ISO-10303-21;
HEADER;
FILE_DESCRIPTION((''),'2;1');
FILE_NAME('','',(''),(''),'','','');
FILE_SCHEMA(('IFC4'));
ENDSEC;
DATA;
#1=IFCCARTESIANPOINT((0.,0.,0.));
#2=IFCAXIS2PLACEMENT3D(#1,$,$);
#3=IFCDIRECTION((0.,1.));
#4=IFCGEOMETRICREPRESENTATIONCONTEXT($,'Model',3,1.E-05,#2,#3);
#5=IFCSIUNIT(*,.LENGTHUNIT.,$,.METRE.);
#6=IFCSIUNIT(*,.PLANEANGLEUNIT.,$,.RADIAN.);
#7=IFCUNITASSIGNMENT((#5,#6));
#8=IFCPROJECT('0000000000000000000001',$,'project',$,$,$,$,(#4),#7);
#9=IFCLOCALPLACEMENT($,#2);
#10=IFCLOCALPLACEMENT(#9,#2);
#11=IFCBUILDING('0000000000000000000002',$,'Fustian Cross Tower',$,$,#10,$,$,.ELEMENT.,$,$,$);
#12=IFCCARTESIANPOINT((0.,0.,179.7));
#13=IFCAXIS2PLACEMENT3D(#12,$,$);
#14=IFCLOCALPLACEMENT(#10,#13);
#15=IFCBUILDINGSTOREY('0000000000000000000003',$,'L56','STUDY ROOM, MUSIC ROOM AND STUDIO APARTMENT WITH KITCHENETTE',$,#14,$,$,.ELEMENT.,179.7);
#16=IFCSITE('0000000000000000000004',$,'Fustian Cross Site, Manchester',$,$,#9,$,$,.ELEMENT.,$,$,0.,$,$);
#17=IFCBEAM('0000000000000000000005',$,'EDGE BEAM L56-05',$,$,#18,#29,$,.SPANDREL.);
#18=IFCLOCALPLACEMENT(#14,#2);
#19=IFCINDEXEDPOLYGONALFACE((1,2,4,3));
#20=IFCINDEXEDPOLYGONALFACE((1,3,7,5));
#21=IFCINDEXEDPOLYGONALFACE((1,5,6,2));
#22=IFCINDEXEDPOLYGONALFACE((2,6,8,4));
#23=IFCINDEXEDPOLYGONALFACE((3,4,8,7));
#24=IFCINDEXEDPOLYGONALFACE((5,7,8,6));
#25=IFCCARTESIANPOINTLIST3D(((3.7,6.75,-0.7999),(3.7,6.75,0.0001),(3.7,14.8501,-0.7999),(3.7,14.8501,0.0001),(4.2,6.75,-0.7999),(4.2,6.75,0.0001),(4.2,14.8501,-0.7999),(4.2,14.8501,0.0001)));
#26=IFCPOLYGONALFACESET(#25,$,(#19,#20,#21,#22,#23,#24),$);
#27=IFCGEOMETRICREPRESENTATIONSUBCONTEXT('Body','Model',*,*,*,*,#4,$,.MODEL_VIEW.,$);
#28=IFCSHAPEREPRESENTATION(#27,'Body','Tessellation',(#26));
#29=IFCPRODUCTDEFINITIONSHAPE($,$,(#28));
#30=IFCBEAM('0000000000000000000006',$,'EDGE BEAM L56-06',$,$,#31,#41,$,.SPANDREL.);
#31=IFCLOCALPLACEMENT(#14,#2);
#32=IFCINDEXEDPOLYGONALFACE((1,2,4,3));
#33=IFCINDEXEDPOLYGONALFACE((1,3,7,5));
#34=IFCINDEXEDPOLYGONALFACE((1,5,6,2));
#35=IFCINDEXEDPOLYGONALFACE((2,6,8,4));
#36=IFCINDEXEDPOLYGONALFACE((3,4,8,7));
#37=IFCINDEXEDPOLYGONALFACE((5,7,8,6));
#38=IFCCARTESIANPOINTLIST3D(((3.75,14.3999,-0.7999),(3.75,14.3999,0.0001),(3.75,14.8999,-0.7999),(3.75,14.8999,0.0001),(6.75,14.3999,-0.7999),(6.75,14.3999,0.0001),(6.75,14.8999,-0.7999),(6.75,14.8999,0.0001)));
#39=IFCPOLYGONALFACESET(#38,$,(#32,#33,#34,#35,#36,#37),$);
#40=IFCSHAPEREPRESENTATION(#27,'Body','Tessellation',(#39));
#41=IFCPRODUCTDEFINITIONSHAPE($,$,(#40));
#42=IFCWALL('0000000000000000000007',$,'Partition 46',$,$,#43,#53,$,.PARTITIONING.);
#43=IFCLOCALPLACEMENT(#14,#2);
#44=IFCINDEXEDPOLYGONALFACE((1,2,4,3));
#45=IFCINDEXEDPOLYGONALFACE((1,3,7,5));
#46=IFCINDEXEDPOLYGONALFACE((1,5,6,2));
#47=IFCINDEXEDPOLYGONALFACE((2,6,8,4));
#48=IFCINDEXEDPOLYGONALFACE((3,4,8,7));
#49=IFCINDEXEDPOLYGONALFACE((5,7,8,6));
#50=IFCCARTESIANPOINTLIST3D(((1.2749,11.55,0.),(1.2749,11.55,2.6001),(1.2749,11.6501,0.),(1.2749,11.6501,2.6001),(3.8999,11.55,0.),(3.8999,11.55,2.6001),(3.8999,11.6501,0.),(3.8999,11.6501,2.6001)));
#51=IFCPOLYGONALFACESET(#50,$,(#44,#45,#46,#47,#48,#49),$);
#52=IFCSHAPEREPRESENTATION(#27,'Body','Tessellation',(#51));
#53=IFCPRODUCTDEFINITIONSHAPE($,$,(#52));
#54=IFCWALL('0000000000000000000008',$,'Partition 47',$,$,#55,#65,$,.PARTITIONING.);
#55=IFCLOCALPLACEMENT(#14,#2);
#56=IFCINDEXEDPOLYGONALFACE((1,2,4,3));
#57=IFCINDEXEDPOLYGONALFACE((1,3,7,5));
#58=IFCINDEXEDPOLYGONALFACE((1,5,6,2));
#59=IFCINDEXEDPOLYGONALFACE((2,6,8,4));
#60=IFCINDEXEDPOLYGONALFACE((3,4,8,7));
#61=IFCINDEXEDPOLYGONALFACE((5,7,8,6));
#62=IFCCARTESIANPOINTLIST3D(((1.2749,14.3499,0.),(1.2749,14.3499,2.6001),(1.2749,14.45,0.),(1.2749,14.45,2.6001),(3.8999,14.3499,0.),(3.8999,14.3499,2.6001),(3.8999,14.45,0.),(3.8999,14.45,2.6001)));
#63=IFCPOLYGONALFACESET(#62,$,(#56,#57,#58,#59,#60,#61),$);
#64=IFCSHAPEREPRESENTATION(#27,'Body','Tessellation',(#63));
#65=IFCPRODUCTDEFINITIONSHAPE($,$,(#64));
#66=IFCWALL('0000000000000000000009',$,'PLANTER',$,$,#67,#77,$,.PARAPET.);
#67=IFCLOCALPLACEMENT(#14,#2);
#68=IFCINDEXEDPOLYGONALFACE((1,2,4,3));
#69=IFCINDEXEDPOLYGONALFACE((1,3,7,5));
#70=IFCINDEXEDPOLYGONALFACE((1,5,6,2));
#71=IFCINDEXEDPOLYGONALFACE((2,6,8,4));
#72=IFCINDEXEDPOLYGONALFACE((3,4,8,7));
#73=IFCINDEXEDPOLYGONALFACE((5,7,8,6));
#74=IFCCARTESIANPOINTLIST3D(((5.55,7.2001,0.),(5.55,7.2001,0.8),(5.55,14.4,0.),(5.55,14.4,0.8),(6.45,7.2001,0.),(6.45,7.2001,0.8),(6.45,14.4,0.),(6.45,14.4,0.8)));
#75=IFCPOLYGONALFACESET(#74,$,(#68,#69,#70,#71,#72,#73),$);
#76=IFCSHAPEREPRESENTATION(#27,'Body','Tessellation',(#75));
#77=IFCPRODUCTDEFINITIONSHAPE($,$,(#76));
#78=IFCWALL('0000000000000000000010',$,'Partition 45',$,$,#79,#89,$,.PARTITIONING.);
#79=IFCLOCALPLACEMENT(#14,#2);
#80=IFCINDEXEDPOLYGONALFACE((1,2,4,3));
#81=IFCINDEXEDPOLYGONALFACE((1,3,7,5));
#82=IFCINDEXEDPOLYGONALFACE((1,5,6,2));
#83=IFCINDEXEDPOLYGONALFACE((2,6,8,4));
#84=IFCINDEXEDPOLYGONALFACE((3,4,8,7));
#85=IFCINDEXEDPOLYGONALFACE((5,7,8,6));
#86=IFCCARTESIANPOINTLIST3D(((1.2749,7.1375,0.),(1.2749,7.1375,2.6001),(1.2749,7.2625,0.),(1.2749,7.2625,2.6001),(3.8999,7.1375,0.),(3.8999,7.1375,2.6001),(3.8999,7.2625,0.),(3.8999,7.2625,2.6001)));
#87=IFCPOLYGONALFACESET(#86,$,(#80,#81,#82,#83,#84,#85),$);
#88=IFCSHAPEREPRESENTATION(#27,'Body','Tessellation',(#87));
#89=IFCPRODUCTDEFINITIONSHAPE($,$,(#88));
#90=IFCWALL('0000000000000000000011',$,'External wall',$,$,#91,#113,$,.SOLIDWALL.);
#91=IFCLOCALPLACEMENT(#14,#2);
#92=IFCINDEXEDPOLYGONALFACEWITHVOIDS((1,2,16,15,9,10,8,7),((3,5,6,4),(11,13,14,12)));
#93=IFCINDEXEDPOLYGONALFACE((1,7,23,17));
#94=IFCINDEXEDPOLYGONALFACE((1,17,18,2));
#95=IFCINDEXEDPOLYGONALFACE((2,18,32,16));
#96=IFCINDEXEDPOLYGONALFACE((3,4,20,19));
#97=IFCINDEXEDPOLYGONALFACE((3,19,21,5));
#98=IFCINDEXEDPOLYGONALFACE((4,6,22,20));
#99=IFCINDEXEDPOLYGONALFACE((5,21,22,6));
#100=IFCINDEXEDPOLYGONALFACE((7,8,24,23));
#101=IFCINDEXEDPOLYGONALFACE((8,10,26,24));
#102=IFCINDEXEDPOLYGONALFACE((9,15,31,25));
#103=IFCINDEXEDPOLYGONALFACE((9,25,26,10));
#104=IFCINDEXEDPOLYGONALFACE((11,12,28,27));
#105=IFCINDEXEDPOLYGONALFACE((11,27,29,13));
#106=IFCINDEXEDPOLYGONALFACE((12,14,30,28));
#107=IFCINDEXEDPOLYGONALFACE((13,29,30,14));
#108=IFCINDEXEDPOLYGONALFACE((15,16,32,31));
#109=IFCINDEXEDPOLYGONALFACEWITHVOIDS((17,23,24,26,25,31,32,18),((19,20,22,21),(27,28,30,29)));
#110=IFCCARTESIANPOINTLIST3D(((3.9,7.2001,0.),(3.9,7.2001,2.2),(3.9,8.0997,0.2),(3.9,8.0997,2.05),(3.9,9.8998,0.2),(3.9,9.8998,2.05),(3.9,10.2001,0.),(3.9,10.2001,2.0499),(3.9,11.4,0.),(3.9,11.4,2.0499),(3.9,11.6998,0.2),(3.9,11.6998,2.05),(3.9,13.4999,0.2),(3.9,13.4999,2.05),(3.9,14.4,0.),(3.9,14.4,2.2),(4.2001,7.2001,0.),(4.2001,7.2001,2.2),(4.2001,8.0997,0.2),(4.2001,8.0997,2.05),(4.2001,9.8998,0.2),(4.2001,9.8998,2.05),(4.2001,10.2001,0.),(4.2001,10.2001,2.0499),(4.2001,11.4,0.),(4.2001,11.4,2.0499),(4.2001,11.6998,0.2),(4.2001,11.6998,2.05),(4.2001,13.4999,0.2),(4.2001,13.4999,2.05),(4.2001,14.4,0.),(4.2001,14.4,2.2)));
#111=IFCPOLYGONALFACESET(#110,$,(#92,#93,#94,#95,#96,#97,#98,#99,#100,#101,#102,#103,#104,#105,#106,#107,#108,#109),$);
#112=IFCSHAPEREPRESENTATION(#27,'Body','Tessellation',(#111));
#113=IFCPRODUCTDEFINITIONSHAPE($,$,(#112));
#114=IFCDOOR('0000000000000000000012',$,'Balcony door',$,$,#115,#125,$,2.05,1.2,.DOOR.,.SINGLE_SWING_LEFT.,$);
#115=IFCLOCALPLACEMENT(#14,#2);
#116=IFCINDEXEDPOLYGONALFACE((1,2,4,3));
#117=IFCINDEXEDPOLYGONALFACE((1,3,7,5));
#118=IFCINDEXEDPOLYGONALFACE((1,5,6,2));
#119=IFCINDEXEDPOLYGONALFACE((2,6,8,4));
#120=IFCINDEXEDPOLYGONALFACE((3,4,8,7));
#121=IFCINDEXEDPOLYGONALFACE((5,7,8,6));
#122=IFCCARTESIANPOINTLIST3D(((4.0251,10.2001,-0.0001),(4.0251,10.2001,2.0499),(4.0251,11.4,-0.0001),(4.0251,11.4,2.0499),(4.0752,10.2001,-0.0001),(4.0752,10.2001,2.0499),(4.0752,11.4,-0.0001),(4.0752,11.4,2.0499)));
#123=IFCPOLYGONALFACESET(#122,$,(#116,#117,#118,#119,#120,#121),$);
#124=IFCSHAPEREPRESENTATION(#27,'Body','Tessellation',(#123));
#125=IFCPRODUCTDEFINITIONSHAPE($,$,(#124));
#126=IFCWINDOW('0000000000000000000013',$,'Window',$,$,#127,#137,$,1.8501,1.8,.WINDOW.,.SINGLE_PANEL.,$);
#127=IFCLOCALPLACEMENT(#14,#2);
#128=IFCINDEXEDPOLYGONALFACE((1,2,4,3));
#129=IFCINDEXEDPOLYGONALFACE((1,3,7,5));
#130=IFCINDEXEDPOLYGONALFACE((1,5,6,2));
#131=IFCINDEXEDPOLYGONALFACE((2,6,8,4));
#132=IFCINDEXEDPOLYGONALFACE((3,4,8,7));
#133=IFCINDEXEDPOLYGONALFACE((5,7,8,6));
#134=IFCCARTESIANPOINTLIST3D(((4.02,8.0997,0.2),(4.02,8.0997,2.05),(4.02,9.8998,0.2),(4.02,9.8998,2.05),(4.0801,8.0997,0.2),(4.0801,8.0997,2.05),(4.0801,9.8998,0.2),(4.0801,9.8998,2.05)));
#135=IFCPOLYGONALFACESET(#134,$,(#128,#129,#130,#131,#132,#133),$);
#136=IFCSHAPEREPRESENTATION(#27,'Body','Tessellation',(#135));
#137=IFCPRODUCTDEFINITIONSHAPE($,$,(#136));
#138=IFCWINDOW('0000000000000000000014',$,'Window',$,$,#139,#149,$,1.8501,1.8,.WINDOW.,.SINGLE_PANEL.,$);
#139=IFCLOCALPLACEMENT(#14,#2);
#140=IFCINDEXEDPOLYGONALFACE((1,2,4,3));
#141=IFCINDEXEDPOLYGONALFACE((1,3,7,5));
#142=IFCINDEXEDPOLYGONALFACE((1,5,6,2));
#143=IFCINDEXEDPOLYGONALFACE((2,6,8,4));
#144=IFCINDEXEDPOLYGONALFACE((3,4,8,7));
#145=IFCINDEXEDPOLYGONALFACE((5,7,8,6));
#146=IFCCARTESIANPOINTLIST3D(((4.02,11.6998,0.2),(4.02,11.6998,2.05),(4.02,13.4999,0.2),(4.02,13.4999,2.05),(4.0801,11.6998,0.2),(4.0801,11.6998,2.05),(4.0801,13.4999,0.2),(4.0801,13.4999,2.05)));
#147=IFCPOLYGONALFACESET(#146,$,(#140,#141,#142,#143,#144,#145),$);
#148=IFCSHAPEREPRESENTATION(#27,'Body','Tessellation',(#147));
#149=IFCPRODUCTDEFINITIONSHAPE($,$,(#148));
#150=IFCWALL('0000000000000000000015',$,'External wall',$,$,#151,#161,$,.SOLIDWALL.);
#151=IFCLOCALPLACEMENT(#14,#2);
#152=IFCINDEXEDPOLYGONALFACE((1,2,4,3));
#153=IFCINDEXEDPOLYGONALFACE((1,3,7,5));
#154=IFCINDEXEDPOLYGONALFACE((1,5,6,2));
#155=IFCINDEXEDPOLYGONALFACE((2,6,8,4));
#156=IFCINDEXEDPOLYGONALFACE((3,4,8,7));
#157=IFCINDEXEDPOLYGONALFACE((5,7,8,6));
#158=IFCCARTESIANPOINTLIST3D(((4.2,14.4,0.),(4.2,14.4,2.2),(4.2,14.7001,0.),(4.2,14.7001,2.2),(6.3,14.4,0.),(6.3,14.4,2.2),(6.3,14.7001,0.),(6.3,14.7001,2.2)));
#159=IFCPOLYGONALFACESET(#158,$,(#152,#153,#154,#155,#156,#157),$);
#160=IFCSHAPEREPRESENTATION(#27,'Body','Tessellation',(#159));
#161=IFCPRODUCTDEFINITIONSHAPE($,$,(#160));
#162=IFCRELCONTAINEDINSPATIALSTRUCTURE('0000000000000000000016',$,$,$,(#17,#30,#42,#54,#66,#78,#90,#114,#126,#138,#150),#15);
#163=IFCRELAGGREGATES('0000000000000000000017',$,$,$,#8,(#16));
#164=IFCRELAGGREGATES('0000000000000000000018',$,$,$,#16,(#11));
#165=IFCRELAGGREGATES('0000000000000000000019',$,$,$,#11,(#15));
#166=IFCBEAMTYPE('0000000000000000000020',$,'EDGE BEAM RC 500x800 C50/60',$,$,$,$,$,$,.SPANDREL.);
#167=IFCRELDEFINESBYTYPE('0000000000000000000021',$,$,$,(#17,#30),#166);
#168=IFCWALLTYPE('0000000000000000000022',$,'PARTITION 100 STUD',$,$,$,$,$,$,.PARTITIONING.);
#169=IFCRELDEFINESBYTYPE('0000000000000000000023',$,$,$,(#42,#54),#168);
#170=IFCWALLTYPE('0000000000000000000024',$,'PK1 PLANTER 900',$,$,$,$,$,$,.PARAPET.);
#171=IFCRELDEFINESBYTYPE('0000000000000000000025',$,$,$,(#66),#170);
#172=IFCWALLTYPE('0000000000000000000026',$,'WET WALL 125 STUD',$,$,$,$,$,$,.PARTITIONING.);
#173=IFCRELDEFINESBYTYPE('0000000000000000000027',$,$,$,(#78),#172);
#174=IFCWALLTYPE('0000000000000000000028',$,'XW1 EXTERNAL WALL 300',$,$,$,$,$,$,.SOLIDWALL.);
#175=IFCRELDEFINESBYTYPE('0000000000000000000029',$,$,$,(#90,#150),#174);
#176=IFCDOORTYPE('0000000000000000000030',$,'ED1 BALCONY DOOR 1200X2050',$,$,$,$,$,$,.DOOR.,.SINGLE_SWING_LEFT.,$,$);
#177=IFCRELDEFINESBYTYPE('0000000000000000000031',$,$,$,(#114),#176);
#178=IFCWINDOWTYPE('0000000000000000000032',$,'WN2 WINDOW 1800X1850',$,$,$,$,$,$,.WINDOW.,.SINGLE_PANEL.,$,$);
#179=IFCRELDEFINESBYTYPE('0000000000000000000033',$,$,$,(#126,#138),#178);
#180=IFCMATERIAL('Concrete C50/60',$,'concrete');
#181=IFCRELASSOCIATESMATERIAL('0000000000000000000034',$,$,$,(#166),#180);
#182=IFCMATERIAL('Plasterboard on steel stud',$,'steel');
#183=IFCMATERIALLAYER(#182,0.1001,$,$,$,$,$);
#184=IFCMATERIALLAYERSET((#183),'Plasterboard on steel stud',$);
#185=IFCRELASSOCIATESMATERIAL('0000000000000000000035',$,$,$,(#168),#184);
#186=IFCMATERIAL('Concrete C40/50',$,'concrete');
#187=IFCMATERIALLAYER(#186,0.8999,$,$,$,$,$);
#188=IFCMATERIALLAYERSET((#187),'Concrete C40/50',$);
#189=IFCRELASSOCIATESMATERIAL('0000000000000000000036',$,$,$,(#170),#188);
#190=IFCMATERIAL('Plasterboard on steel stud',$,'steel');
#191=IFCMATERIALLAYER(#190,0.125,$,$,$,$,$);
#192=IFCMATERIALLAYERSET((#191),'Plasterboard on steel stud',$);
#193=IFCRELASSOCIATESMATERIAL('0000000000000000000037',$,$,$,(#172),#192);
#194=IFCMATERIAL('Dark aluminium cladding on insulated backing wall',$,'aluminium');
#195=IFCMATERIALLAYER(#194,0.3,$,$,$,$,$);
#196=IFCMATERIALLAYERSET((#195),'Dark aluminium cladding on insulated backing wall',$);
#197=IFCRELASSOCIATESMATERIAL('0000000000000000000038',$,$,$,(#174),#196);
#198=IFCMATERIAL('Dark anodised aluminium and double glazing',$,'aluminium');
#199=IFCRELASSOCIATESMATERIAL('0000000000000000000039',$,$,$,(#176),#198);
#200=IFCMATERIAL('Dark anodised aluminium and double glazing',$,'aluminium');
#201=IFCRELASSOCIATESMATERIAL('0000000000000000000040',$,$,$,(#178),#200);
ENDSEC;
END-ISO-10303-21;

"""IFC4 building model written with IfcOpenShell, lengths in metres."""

from ifc_helpers import new_model, si_unit, direction, frame, frame_2d, origin, origin_2d, place, context, subcontext, project, spatial, rectangle, extrude, material, layer, layer_set, material_profile, profile_set, type_object, element, fill, save


model = new_model("IFC4")

# Units and contexts
model_context = context("Model", 3, precision=1e-05, world=origin(), true_north=direction((0.0, 1.0)))
body_context = subcontext(model_context, "Body", "Model", "MODEL_VIEW")
ifc_project = project(units=[si_unit("LENGTHUNIT", "METRE"), si_unit("PLANEANGLEUNIT", "RADIAN")], contexts=[model_context])

# Site, building, storey
site_placement = place(None, origin())
site = spatial("IfcSite", under=ifc_project, at=site_placement, Name="Fustian Cross Site, Manchester", CompositionType="ELEMENT", RefElevation=0.0)
building_placement = place(site_placement, origin())
building = spatial("IfcBuilding", under=site, at=building_placement, Name="Fustian Cross Tower", CompositionType="ELEMENT")
storey_placement = place(building_placement, frame((0.0, 0.0, 179.7)))
storey = spatial("IfcBuildingStorey", under=building, at=storey_placement, Name="L56", Description="STUDY ROOM, MUSIC ROOM AND STUDIO APARTMENT WITH KITCHENETTE", CompositionType="ELEMENT", Elevation=179.7)

# Beams
ifc_material_1 = material(Name="Concrete C50/60", Category="concrete")
ifc_material_profile = material_profile(ifc_material_1, rectangle(XDim=0.5, YDim=0.8, at=origin_2d()), Name="RC 500x800")
ifc_profile_set = profile_set([ifc_material_profile], Name="Concrete C50/60")
beam_type = type_object("IfcBeamType", Name="EDGE BEAM RC 500x800 C50/60", PredefinedType="SPANDREL", material=ifc_profile_set)
beam_1_placement = place(storey_placement, frame((3.95, 6.75, -0.3999), z_axis=(0.0, 1.0, 0.0), x_axis=(-1.0, 0.0, 0.0)))
element("IfcBeam", 1, at=beam_1_placement, inside=storey, type_object=beam_type, Name="EDGE BEAM L56-05", PredefinedType="SPANDREL", context=body_context, shape_type="SweptSolid", body=[
    extrude(rectangle(XDim=0.5, YDim=0.8, at=origin_2d()), origin(), (0.0, 0.0, 1.0), 8.1001),
])
beam_2_placement = place(storey_placement, frame((3.75, 14.6499, -0.3999), z_axis=(1.0, 0.0, 0.0), x_axis=(0.0, 1.0, 0.0)))
element("IfcBeam", 2, at=beam_2_placement, inside=storey, type_object=beam_type, Name="EDGE BEAM L56-06", PredefinedType="SPANDREL", context=body_context, shape_type="SweptSolid", body=[
    extrude(rectangle(XDim=0.5, YDim=0.8, at=origin_2d()), origin(), (0.0, 0.0, 1.0), 3.0),
])

# Walls
ifc_material_2 = material(Name="Plasterboard on steel stud", Category="steel")
ifc_layer_1 = layer(ifc_material_2, 0.1001)
ifc_layer_set_1 = layer_set([ifc_layer_1], Name="Plasterboard on steel stud")
wall_type_1 = type_object("IfcWallType", Name="PARTITION 100 STUD", PredefinedType="PARTITIONING", material=ifc_layer_set_1)
for number, where, z_axis, x_axis, name in (
    (3, (1.2749, 11.6001, 0.0), (0.0, 0.0, 1.0), (1.0, 0.0, 0.0), "Partition 46"),
    (4, (1.2749, 14.3999, 0.0), (0.0, 0.0, 1.0), (1.0, 0.0, 0.0), "Partition 47"),
):
    element("IfcWall", number, at=place(storey_placement, frame(where, z_axis=z_axis, x_axis=x_axis)), inside=storey, type_object=wall_type_1, Name=name, PredefinedType="PARTITIONING", context=body_context, shape_type="SweptSolid", body=[
        extrude(rectangle(XDim=2.625, YDim=0.1001, at=frame_2d((1.3125, 0.0))), origin(), (0.0, 0.0, 1.0), 2.6001),
    ])
ifc_material_3 = material(Name="Concrete C40/50", Category="concrete")
ifc_layer_2 = layer(ifc_material_3, 0.8999)
ifc_layer_set_2 = layer_set([ifc_layer_2], Name="Concrete C40/50")
wall_type_2 = type_object("IfcWallType", Name="PK1 PLANTER 900", PredefinedType="PARAPET", material=ifc_layer_set_2)
wall_1_placement = place(storey_placement, frame((6.0, 7.2, 0.0), z_axis=(0.0, 0.0, 1.0), x_axis=(0.0, 1.0, 0.0)))
element("IfcWall", 5, at=wall_1_placement, inside=storey, type_object=wall_type_2, Name="PLANTER", PredefinedType="PARAPET", context=body_context, shape_type="SweptSolid", body=[
    extrude(rectangle(XDim=7.2, YDim=0.8999, at=frame_2d((3.6001, 0.0))), origin(), (0.0, 0.0, 1.0), 0.8),
])
ifc_material_4 = material(Name="Plasterboard on steel stud", Category="steel")
ifc_layer_3 = layer(ifc_material_4, 0.125)
ifc_layer_set_3 = layer_set([ifc_layer_3], Name="Plasterboard on steel stud")
wall_type_3 = type_object("IfcWallType", Name="WET WALL 125 STUD", PredefinedType="PARTITIONING", material=ifc_layer_set_3)
wall_2_placement = place(storey_placement, frame((1.2749, 7.2, 0.0), z_axis=(0.0, 0.0, 1.0), x_axis=(1.0, 0.0, 0.0)))
element("IfcWall", 6, at=wall_2_placement, inside=storey, type_object=wall_type_3, Name="Partition 45", PredefinedType="PARTITIONING", context=body_context, shape_type="SweptSolid", body=[
    extrude(rectangle(XDim=2.625, YDim=0.125, at=frame_2d((1.3125, 0.0))), origin(), (0.0, 0.0, 1.0), 2.6001),
])

# Wall, openings, door, windows
ifc_material_5 = material(Name="Dark aluminium cladding on insulated backing wall", Category="aluminium")
ifc_layer_4 = layer(ifc_material_5, 0.3)
ifc_layer_set_4 = layer_set([ifc_layer_4], Name="Dark aluminium cladding on insulated backing wall")
wall_type_4 = type_object("IfcWallType", Name="XW1 EXTERNAL WALL 300", PredefinedType="SOLIDWALL", material=ifc_layer_set_4)
wall_3_placement = place(storey_placement, frame((4.05, 7.2, 0.0), z_axis=(0.0, 0.0, 1.0), x_axis=(0.0, 1.0, 0.0)))
wall_3 = element("IfcWall", 7, at=wall_3_placement, inside=storey, type_object=wall_type_4, Name="External wall", PredefinedType="SOLIDWALL", context=body_context, shape_type="SweptSolid", body=[
    extrude(rectangle(XDim=7.2, YDim=0.3, at=frame_2d((3.6001, 0.0))), origin(), (0.0, 0.0, 1.0), 2.2),
])
opening_1_placement = place(wall_3_placement, frame((3.0, 0.0, 0.0)))
opening_1 = element("IfcOpeningElement", 8, at=opening_1_placement, cuts=wall_3, PredefinedType="OPENING", context=body_context, shape_type="SweptSolid", body=[
    extrude(rectangle(XDim=1.2, YDim=2.05, at=frame_2d((0.6001, 1.0249))), frame((0.0, 0.1599, 0.0), z_axis=(0.0, -1.0, 0.0), x_axis=(1.0, 0.0, 0.0)), (0.0, 0.0, 1.0), 0.3201),
])
opening_2_placement = place(wall_3_placement, frame((0.8999, 0.0, 0.2)))
opening_2 = element("IfcOpeningElement", 9, at=opening_2_placement, cuts=wall_3, PredefinedType="OPENING", context=body_context, shape_type="SweptSolid", body=[
    extrude(rectangle(XDim=1.8, YDim=1.8501, at=frame_2d((0.8999, 0.925))), frame((0.0, 0.1599, 0.0), z_axis=(0.0, -1.0, 0.0), x_axis=(1.0, 0.0, 0.0)), (0.0, 0.0, 1.0), 0.3201),
])
opening_3_placement = place(wall_3_placement, frame((4.5, 0.0, 0.2)))
opening_3 = element("IfcOpeningElement", 10, at=opening_3_placement, cuts=wall_3, PredefinedType="OPENING", context=body_context, shape_type="SweptSolid", body=[
    extrude(rectangle(XDim=1.8, YDim=1.8501, at=frame_2d((0.8999, 0.925))), frame((0.0, 0.1599, 0.0), z_axis=(0.0, -1.0, 0.0), x_axis=(1.0, 0.0, 0.0)), (0.0, 0.0, 1.0), 0.3201),
])
ifc_material_6 = material(Name="Dark anodised aluminium and double glazing", Category="aluminium")
door_type = type_object("IfcDoorType", Name="ED1 BALCONY DOOR 1200X2050", OperationType="SINGLE_SWING_LEFT", PredefinedType="DOOR", material=ifc_material_6)
door_placement = place(opening_1_placement, origin())
door = element("IfcDoor", 11, at=door_placement, inside=storey, type_object=door_type, Name="Balcony door", OperationType="SINGLE_SWING_LEFT", OverallHeight=2.05, OverallWidth=1.2, PredefinedType="DOOR", context=body_context, shape_type="SweptSolid", body=[
    extrude(rectangle(XDim=1.2, YDim=2.05, at=frame_2d((0.6001, 1.0249))), frame((0.0, 0.0249, 0.0), z_axis=(0.0, -1.0, 0.0), x_axis=(1.0, 0.0, 0.0)), (0.0, 0.0, 1.0), 0.05),
])
fill(opening_1, door)
ifc_material_7 = material(Name="Dark anodised aluminium and double glazing", Category="aluminium")
window_type = type_object("IfcWindowType", Name="WN2 WINDOW 1800X1850", PartitioningType="SINGLE_PANEL", PredefinedType="WINDOW", material=ifc_material_7)
window_1_placement = place(opening_2_placement, origin())
window_1 = element("IfcWindow", 12, at=window_1_placement, inside=storey, type_object=window_type, Name="Window", OverallHeight=1.8501, OverallWidth=1.8, PartitioningType="SINGLE_PANEL", PredefinedType="WINDOW", context=body_context, shape_type="SweptSolid", body=[
    extrude(rectangle(XDim=1.8, YDim=1.8501, at=frame_2d((0.8999, 0.925))), frame((0.0, 0.03, 0.0), z_axis=(0.0, -1.0, 0.0), x_axis=(1.0, 0.0, 0.0)), (0.0, 0.0, 1.0), 0.0601),
])
fill(opening_2, window_1)
window_2_placement = place(opening_3_placement, origin())
window_2 = element("IfcWindow", 13, at=window_2_placement, inside=storey, type_object=window_type, Name="Window", OverallHeight=1.8501, OverallWidth=1.8, PartitioningType="SINGLE_PANEL", PredefinedType="WINDOW", context=body_context, shape_type="SweptSolid", body=[
    extrude(rectangle(XDim=1.8, YDim=1.8501, at=frame_2d((0.8999, 0.925))), frame((0.0, 0.03, 0.0), z_axis=(0.0, -1.0, 0.0), x_axis=(1.0, 0.0, 0.0)), (0.0, 0.0, 1.0), 0.0601),
])
fill(opening_3, window_2)

# Wall
wall_4_placement = place(storey_placement, frame((4.2, 14.55, 0.0), z_axis=(0.0, 0.0, 1.0), x_axis=(1.0, 0.0, 0.0)))
element("IfcWall", 14, at=wall_4_placement, inside=storey, type_object=wall_type_4, Name="External wall", PredefinedType="SOLIDWALL", context=body_context, shape_type="SweptSolid", body=[
    extrude(rectangle(XDim=2.1001, YDim=0.3, at=frame_2d((1.05, 0.0))), origin(), (0.0, 0.0, 1.0), 2.2),
])

save(model, "model.ifc")
